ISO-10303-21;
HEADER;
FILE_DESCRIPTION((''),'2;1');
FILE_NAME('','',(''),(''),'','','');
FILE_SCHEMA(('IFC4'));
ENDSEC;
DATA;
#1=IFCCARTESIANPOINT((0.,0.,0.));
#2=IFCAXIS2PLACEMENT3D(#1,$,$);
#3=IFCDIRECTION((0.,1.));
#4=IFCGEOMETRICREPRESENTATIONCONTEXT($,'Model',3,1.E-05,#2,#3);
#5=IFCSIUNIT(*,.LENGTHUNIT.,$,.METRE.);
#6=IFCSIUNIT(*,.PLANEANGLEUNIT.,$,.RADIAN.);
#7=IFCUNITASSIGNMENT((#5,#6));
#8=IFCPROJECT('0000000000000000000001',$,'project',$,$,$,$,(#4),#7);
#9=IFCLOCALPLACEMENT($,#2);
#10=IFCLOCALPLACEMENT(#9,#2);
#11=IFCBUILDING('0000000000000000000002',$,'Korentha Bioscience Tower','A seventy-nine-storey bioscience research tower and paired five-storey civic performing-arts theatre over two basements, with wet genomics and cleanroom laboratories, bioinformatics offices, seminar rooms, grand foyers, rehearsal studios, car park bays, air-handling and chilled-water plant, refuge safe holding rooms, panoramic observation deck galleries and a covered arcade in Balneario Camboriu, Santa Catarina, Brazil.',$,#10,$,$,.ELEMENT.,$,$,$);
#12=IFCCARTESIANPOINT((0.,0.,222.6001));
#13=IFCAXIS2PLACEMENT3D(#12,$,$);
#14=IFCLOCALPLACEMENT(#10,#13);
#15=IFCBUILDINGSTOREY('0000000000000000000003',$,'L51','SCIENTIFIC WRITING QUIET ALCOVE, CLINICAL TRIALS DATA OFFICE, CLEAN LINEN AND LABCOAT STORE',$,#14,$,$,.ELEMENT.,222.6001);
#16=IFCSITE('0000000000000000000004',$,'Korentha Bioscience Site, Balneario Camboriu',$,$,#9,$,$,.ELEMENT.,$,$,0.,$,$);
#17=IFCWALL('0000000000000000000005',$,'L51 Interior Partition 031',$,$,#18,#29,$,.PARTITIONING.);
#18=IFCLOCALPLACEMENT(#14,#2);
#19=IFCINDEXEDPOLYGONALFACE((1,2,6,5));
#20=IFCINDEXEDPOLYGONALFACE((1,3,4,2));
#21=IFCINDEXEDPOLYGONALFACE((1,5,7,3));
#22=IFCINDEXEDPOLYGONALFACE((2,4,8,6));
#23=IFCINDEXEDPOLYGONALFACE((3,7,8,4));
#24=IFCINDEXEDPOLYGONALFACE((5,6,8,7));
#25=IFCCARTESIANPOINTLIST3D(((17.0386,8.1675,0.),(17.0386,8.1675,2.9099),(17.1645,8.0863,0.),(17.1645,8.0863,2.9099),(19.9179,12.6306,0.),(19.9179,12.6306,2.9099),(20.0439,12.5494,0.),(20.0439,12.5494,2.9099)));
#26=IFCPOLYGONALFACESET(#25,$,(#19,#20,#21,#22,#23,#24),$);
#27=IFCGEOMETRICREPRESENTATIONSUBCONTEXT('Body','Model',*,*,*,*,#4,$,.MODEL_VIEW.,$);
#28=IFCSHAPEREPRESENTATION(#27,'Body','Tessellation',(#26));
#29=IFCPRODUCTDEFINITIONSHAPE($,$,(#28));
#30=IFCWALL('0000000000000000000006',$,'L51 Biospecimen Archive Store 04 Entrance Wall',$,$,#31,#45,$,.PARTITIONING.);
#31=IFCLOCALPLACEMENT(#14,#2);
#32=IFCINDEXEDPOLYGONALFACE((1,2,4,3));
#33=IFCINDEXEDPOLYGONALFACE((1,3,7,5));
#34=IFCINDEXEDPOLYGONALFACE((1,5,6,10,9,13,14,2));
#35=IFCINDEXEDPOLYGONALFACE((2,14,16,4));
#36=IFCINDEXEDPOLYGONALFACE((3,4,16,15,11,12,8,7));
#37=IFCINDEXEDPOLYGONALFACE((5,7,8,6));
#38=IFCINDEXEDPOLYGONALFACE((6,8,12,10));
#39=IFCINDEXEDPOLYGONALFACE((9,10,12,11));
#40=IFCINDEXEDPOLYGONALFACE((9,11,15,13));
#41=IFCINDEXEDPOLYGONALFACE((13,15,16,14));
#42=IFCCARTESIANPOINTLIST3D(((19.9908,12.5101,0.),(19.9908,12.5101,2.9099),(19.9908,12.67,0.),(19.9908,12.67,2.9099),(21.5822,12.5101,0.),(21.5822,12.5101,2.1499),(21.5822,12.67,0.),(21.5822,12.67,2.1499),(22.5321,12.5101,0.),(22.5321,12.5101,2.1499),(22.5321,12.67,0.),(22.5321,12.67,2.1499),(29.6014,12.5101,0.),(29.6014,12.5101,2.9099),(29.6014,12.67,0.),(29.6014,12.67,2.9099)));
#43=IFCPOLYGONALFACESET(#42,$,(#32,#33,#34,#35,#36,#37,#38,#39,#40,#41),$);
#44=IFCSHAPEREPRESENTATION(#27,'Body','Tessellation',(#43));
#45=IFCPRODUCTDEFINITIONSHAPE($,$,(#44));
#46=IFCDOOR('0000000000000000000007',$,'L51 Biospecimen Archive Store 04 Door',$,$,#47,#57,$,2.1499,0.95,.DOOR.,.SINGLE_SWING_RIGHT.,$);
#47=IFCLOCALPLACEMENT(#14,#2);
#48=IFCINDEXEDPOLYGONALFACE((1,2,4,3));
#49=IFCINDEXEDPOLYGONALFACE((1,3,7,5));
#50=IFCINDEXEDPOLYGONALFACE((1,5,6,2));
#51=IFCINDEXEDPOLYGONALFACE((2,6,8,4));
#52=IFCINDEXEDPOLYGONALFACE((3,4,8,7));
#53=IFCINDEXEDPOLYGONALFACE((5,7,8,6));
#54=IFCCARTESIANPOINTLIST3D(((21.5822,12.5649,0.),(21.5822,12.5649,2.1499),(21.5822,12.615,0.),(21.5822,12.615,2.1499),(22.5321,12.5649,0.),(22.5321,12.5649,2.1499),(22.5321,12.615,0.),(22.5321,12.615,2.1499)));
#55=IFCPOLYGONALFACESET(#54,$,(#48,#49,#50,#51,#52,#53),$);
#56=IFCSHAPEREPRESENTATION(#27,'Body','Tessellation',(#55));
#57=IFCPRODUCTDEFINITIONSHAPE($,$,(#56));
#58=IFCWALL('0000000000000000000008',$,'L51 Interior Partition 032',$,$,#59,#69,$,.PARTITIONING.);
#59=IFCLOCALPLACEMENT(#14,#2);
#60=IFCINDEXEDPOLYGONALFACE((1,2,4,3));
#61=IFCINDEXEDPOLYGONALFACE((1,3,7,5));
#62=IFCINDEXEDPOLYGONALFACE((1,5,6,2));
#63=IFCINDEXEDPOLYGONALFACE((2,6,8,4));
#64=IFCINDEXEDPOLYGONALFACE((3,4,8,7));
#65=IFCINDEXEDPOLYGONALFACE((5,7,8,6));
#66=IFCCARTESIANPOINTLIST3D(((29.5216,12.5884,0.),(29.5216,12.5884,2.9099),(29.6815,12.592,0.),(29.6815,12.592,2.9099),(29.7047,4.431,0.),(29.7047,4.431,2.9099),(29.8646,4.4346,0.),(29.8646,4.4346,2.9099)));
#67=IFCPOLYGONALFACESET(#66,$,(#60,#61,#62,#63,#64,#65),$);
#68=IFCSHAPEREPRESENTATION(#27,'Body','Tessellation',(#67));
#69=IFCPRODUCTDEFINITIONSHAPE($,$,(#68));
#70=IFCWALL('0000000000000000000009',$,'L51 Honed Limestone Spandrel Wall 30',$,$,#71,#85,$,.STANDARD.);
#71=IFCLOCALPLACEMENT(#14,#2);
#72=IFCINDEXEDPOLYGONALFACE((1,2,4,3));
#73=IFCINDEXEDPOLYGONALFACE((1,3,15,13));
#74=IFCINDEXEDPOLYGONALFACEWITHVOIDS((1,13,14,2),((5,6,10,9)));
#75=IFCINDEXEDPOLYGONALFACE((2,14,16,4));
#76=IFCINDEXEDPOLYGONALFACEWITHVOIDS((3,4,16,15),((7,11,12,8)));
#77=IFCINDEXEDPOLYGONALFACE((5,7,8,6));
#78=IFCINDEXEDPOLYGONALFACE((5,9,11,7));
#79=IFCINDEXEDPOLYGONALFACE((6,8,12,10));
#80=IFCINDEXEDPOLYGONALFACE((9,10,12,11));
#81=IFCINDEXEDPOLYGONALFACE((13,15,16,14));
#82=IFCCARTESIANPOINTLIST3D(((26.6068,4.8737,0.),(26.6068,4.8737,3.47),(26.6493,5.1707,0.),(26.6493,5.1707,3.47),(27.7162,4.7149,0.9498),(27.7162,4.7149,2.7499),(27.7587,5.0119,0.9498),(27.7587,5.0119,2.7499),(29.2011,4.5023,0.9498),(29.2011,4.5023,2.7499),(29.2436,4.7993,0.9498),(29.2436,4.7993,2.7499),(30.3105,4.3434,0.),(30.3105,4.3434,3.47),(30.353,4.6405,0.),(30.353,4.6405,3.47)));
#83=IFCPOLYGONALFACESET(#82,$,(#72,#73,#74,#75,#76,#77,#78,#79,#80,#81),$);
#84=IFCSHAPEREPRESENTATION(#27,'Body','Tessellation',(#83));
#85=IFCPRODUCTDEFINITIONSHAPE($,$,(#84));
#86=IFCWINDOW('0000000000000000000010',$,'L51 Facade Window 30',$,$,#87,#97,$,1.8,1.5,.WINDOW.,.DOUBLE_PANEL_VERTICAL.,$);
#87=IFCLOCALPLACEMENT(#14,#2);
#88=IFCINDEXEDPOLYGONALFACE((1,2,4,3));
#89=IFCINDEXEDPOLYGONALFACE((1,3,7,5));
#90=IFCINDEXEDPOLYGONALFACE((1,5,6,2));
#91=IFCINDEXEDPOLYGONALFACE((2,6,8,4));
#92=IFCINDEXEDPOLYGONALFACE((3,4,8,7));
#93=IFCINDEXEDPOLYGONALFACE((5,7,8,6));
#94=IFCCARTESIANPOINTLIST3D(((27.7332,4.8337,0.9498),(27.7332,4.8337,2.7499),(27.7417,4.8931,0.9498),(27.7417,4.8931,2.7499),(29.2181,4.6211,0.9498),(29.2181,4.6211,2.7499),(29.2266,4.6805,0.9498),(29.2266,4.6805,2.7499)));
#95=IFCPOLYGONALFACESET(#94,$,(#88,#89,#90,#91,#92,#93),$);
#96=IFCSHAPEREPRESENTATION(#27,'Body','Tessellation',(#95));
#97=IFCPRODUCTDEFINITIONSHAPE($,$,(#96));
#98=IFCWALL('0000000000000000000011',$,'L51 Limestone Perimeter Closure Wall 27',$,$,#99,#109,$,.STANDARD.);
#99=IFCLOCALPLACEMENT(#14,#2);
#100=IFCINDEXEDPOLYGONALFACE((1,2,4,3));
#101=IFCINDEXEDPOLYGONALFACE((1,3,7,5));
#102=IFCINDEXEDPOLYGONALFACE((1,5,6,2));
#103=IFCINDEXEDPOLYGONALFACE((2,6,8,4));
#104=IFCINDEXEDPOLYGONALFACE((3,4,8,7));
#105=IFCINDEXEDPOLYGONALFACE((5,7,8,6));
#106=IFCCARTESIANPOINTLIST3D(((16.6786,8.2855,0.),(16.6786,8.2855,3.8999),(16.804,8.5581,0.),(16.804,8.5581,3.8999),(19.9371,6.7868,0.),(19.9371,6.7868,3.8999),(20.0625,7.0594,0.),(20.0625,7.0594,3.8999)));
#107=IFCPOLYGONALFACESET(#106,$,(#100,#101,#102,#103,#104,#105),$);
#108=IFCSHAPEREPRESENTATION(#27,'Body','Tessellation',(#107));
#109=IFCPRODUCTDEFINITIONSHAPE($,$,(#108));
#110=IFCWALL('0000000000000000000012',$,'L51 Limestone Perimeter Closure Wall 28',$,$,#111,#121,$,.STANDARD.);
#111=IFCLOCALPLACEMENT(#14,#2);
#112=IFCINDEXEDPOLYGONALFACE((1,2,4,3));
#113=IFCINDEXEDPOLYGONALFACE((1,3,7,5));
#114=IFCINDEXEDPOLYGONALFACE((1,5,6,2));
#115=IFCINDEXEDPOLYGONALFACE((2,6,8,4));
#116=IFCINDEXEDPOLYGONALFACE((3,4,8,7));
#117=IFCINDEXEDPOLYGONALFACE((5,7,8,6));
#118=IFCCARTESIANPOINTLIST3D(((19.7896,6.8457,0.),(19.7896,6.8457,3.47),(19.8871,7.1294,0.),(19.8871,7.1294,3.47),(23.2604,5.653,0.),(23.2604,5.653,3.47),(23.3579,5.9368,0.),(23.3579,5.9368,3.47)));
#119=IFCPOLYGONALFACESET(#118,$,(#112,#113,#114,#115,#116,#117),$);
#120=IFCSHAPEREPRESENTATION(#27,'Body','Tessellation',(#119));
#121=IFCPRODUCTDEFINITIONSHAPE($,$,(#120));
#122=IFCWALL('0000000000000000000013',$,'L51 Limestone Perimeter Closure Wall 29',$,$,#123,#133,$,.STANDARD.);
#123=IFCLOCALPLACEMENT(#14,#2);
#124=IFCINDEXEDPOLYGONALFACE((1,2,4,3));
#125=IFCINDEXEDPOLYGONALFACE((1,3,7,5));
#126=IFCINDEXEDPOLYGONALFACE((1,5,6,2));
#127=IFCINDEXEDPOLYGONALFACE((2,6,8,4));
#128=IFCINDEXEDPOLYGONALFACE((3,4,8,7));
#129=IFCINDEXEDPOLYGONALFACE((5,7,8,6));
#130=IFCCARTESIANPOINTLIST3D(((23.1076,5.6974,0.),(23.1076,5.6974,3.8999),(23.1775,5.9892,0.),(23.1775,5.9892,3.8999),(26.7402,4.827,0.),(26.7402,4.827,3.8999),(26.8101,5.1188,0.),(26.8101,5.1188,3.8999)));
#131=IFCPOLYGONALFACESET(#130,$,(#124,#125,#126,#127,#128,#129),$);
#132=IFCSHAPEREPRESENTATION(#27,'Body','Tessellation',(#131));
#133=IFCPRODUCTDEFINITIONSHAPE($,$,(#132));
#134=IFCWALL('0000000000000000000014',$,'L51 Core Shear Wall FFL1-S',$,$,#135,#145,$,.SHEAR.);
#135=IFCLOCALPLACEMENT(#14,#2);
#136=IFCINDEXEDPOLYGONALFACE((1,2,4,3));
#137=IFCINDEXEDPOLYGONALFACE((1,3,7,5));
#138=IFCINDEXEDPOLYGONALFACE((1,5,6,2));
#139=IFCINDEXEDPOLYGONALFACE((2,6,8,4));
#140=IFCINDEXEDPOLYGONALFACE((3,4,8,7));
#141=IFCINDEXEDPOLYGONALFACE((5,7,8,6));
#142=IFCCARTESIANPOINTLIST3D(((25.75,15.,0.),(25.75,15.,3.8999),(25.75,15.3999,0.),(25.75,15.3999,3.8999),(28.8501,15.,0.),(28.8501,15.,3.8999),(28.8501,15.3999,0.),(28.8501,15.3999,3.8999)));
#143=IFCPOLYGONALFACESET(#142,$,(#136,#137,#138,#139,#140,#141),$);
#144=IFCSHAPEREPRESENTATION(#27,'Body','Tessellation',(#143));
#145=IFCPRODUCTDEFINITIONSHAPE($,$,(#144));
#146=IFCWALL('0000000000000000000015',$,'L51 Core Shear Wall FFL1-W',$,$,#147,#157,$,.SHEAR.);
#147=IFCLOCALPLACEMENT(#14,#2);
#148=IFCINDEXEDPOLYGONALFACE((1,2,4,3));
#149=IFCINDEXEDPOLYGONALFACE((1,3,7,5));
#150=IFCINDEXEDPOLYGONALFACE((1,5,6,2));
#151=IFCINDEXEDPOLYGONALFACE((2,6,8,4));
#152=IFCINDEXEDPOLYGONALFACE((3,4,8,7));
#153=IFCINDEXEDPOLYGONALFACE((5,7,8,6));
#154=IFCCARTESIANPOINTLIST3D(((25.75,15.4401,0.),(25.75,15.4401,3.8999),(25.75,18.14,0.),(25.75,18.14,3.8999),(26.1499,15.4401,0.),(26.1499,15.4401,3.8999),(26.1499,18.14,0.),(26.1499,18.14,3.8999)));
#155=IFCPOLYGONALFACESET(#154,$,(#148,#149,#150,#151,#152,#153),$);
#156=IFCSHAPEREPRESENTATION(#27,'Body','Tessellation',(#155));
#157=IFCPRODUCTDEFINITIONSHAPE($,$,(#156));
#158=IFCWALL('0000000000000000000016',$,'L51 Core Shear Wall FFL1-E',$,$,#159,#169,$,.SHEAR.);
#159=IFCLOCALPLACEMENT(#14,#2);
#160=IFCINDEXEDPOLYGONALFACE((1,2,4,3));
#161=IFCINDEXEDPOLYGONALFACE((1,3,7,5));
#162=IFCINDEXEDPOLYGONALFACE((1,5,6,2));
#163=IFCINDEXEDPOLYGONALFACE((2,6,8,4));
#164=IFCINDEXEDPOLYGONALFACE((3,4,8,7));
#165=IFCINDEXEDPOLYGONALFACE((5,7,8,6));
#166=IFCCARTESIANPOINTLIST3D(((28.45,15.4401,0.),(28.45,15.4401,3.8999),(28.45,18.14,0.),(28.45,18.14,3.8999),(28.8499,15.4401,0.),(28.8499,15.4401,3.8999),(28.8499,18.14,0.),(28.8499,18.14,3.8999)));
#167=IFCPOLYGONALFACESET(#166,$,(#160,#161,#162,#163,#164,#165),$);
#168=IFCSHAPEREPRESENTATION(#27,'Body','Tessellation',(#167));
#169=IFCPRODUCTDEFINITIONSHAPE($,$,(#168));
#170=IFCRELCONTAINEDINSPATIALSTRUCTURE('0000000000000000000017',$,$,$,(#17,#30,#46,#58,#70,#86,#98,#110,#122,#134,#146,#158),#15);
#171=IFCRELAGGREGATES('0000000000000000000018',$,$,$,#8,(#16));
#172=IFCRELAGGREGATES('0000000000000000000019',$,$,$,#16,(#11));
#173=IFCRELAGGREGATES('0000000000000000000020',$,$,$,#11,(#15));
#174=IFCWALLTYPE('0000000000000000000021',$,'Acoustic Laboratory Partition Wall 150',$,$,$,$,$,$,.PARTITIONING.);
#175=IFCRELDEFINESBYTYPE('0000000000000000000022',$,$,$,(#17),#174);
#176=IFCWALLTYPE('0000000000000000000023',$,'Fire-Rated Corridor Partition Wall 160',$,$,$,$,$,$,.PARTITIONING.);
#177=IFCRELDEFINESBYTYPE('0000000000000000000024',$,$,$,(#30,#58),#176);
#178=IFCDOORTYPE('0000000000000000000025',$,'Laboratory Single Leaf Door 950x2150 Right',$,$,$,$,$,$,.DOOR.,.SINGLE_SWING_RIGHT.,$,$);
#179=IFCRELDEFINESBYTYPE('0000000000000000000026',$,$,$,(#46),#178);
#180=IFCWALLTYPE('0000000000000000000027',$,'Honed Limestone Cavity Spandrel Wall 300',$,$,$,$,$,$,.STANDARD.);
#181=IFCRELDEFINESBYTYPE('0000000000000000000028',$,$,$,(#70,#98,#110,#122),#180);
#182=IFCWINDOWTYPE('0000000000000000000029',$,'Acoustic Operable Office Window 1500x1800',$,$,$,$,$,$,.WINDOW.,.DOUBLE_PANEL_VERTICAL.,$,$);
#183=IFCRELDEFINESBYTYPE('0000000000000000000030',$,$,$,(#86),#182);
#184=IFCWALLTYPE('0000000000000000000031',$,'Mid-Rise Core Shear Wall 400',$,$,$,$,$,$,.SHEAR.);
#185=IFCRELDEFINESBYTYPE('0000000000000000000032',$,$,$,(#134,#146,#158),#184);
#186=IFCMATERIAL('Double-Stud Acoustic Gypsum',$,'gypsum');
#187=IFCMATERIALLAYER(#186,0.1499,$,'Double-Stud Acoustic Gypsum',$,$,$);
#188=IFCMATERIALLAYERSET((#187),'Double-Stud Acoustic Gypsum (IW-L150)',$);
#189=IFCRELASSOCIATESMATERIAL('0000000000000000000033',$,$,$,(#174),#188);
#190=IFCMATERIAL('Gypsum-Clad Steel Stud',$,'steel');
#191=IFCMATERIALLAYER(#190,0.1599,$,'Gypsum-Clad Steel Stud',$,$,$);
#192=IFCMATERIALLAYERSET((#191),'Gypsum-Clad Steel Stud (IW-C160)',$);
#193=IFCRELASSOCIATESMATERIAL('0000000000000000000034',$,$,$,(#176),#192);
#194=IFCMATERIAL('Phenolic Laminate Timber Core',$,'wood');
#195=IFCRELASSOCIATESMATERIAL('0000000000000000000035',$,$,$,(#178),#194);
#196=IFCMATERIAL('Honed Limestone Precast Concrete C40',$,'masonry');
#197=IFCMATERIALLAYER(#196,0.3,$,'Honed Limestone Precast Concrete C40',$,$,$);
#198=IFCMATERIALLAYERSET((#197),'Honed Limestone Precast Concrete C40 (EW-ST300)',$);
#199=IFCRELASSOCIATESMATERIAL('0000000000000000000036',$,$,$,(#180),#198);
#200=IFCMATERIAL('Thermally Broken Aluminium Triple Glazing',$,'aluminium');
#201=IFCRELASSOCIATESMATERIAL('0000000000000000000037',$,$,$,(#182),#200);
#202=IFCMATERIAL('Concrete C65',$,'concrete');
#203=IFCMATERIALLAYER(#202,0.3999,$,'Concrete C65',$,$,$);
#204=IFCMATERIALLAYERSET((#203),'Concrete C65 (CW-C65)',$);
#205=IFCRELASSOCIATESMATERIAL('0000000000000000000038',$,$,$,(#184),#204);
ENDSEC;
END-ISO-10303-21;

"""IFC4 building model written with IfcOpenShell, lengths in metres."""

from ifc_helpers import new_model, si_unit, direction, frame, frame_2d, origin, place, context, subcontext, project, spatial, rectangle, extrude, material, layer, layer_set, type_object, element, fill, save


model = new_model("IFC4")

# Units and contexts
model_context = context("Model", 3, precision=1e-05, world=origin(), true_north=direction((0.0, 1.0)))
body_context = subcontext(model_context, "Body", "Model", "MODEL_VIEW")
ifc_project = project(units=[si_unit("LENGTHUNIT", "METRE"), si_unit("PLANEANGLEUNIT", "RADIAN")], contexts=[model_context])

# Site, building, storey
site_placement = place(None, origin())
site = spatial("IfcSite", under=ifc_project, at=site_placement, Name="Korentha Bioscience Site, Balneario Camboriu", CompositionType="ELEMENT", RefElevation=0.0)
building_placement = place(site_placement, origin())
building = spatial("IfcBuilding", under=site, at=building_placement, Name="Korentha Bioscience Tower", Description="A seventy-nine-storey bioscience research tower and paired five-storey civic performing-arts theatre over two basements, with wet genomics and cleanroom laboratories, bioinformatics offices, seminar rooms, grand foyers, rehearsal studios, car park bays, air-handling and chilled-water plant, refuge safe holding rooms, panoramic observation deck galleries and a covered arcade in Balneario Camboriu, Santa Catarina, Brazil.", CompositionType="ELEMENT")
storey_placement = place(building_placement, frame((0.0, 0.0, 222.6001)))
storey = spatial("IfcBuildingStorey", under=building, at=storey_placement, Name="L51", Description="SCIENTIFIC WRITING QUIET ALCOVE, CLINICAL TRIALS DATA OFFICE, CLEAN LINEN AND LABCOAT STORE", CompositionType="ELEMENT", Elevation=222.6001)

# Shared definitions
ifc_material_1 = material(Name="Concrete C65", Category="concrete")

# Shared definitions
ifc_material_2 = material(Name="Double-Stud Acoustic Gypsum", Category="gypsum")
ifc_layer_1 = layer(ifc_material_2, 0.1499, Name="Double-Stud Acoustic Gypsum")
ifc_layer_set_1 = layer_set([ifc_layer_1], Name="Double-Stud Acoustic Gypsum (IW-L150)")
wall_type_1 = type_object("IfcWallType", Name="Acoustic Laboratory Partition Wall 150", PredefinedType="PARTITIONING", material=ifc_layer_set_1)
ifc_material_3 = material(Name="Phenolic Laminate Timber Core", Category="wood")

# Wall
wall_1_placement = place(storey_placement, frame((19.981, 12.5901, 0.0), z_axis=(0.0, 0.0, 1.0), x_axis=(-0.542121, -0.840301, 0.0)))
element("IfcWall", 1, at=wall_1_placement, inside=storey, type_object=wall_type_1, Name="L51 Interior Partition 031", PredefinedType="PARTITIONING", context=body_context, shape_type="SweptSolid", body=[
    extrude(rectangle(XDim=5.3113, YDim=0.1499, at=frame_2d((2.6558, 0.0))), origin(), (0.0, 0.0, 1.0), 2.9099),
])

# Wall, opening, door
ifc_material_4 = material(Name="Gypsum-Clad Steel Stud", Category="steel")
ifc_layer_2 = layer(ifc_material_4, 0.1599, Name="Gypsum-Clad Steel Stud")
ifc_layer_set_2 = layer_set([ifc_layer_2], Name="Gypsum-Clad Steel Stud (IW-C160)")
wall_type_2 = type_object("IfcWallType", Name="Fire-Rated Corridor Partition Wall 160", PredefinedType="PARTITIONING", material=ifc_layer_set_2)
wall_2_placement = place(storey_placement, frame((19.991, 12.5901, 0.0), z_axis=(0.0, 0.0, 1.0), x_axis=(1.0, 0.0, 0.0)))
wall_2 = element("IfcWall", 2, at=wall_2_placement, inside=storey, type_object=wall_type_2, Name="L51 Biospecimen Archive Store 04 Entrance Wall", PredefinedType="PARTITIONING", context=body_context, shape_type="SweptSolid", body=[
    extrude(rectangle(XDim=9.6106, YDim=0.1599, at=frame_2d((4.8052, 0.0))), origin(), (0.0, 0.0, 1.0), 2.9099),
])
opening_1_placement = place(wall_2_placement, frame((1.5911, 0.0, 0.0)))
opening_1 = element("IfcOpeningElement", 3, at=opening_1_placement, cuts=wall_2, PredefinedType="OPENING", context=body_context, shape_type="SweptSolid", body=[
    extrude(rectangle(XDim=0.95, YDim=2.1499, at=frame_2d((0.4751, 1.075))), frame((0.0, 0.0947, 0.0), z_axis=(0.0, -1.0, 0.0), x_axis=(1.0, 0.0, 0.0)), (0.0, 0.0, 1.0), 0.1897),
])
door_type_1 = type_object("IfcDoorType", Name="Laboratory Single Leaf Door 950x2150 Right", OperationType="SINGLE_SWING_RIGHT", PredefinedType="DOOR", material=ifc_material_3)
door_1_placement = place(opening_1_placement, origin())
door_1 = element("IfcDoor", 4, at=door_1_placement, inside=storey, type_object=door_type_1, Name="L51 Biospecimen Archive Store 04 Door", OperationType="SINGLE_SWING_RIGHT", OverallHeight=2.1499, OverallWidth=0.95, PredefinedType="DOOR", context=body_context, shape_type="SweptSolid", body=[
    extrude(rectangle(XDim=0.95, YDim=2.1499, at=frame_2d((0.4751, 1.075))), frame((0.0, 0.0249, 0.0), z_axis=(0.0, -1.0, 0.0), x_axis=(1.0, 0.0, 0.0)), (0.0, 0.0, 1.0), 0.05),
])
fill(opening_1, door_1)

# Wall
wall_3_placement = place(storey_placement, frame((29.6016, 12.5901, 0.0), z_axis=(0.0, 0.0, 1.0), x_axis=(0.022441, -0.999748, 0.0)))
element("IfcWall", 5, at=wall_3_placement, inside=storey, type_object=wall_type_2, Name="L51 Interior Partition 032", PredefinedType="PARTITIONING", context=body_context, shape_type="SweptSolid", body=[
    extrude(rectangle(XDim=8.1594, YDim=0.1599, at=frame_2d((4.0796, 0.0))), origin(), (0.0, 0.0, 1.0), 2.9099),
])

# Wall, opening, window
ifc_material_5 = material(Name="Honed Limestone Precast Concrete C40", Category="masonry")
ifc_layer_3 = layer(ifc_material_5, 0.3, Name="Honed Limestone Precast Concrete C40")
ifc_layer_set_3 = layer_set([ifc_layer_3], Name="Honed Limestone Precast Concrete C40 (EW-ST300)")
wall_type_3 = type_object("IfcWallType", Name="Honed Limestone Cavity Spandrel Wall 300", PredefinedType="STANDARD", material=ifc_layer_set_3)
wall_4_placement = place(storey_placement, frame((26.6282, 5.0222, 0.0), z_axis=(0.0, 0.0, 1.0), x_axis=(0.989905, -0.141732, 0.0)))
wall_4 = element("IfcWall", 6, at=wall_4_placement, inside=storey, type_object=wall_type_3, Name="L51 Honed Limestone Spandrel Wall 30", PredefinedType="STANDARD", context=body_context, shape_type="SweptSolid", body=[
    extrude(rectangle(XDim=3.7415, YDim=0.3, at=frame_2d((1.8706, 0.0))), origin(), (0.0, 0.0, 1.0), 3.47),
])
opening_2_placement = place(wall_4_placement, frame((1.1206, 0.0, 0.95)))
opening_2 = element("IfcOpeningElement", 7, at=opening_2_placement, cuts=wall_4, PredefinedType="OPENING", context=body_context, shape_type="SweptSolid", body=[
    extrude(rectangle(XDim=1.5, YDim=1.8, at=frame_2d((0.75, 0.8999))), frame((0.0, 0.165, 0.0), z_axis=(0.0, -1.0, 0.0), x_axis=(1.0, 0.0, 0.0)), (0.0, 0.0, 1.0), 0.3298),
])
ifc_material_6 = material(Name="Thermally Broken Aluminium Triple Glazing", Category="aluminium")
window_type = type_object("IfcWindowType", Name="Acoustic Operable Office Window 1500x1800", PartitioningType="DOUBLE_PANEL_VERTICAL", PredefinedType="WINDOW", material=ifc_material_6)
window_placement = place(opening_2_placement, origin())
window = element("IfcWindow", 8, at=window_placement, inside=storey, type_object=window_type, Name="L51 Facade Window 30", OverallHeight=1.8, OverallWidth=1.5, PartitioningType="DOUBLE_PANEL_VERTICAL", PredefinedType="WINDOW", context=body_context, shape_type="SweptSolid", body=[
    extrude(rectangle(XDim=1.5, YDim=1.8, at=frame_2d((0.75, 0.8999))), frame((0.0, 0.03, 0.0), z_axis=(0.0, -1.0, 0.0), x_axis=(1.0, 0.0, 0.0)), (0.0, 0.0, 1.0), 0.0601),
])
fill(opening_2, window)

# Walls
wall_5_placement = place(storey_placement, frame((16.7412, 8.4219, 0.0), z_axis=(0.0, 0.0, 1.0), x_axis=(0.908506, -0.417871, 0.0)))
element("IfcWall", 9, at=wall_5_placement, inside=storey, type_object=wall_type_3, Name="L51 Limestone Perimeter Closure Wall 27", PredefinedType="STANDARD", context=body_context, shape_type="SweptSolid", body=[
    extrude(rectangle(XDim=3.5867, YDim=0.3, at=frame_2d((1.7935, 0.0))), origin(), (0.0, 0.0, 1.0), 3.8999),
])
wall_6_placement = place(storey_placement, frame((19.8384, 6.9875, 0.0), z_axis=(0.0, 0.0, 1.0), x_axis=(0.945722, -0.324976, 0.0)))
element("IfcWall", 10, at=wall_6_placement, inside=storey, type_object=wall_type_3, Name="L51 Limestone Perimeter Closure Wall 28", PredefinedType="STANDARD", context=body_context, shape_type="SweptSolid", body=[
    extrude(rectangle(XDim=3.6699, YDim=0.3, at=frame_2d((1.835, 0.0))), origin(), (0.0, 0.0, 1.0), 3.47),
])
wall_7_placement = place(storey_placement, frame((23.1426, 5.8433, 0.0), z_axis=(0.0, 0.0, 1.0), x_axis=(0.972476, -0.233005, 0.0)))
element("IfcWall", 11, at=wall_7_placement, inside=storey, type_object=wall_type_3, Name="L51 Limestone Perimeter Closure Wall 29", PredefinedType="STANDARD", context=body_context, shape_type="SweptSolid", body=[
    extrude(rectangle(XDim=3.7354, YDim=0.3, at=frame_2d((1.8677, 0.0))), origin(), (0.0, 0.0, 1.0), 3.8999),
])
ifc_layer_4 = layer(ifc_material_1, 0.3999, Name="Concrete C65")
ifc_layer_set_4 = layer_set([ifc_layer_4], Name="Concrete C65 (CW-C65)")
wall_type_4 = type_object("IfcWallType", Name="Mid-Rise Core Shear Wall 400", PredefinedType="SHEAR", material=ifc_layer_set_4)
wall_8_placement = place(storey_placement, frame((25.75, 15.2, 0.0), z_axis=(0.0, 0.0, 1.0), x_axis=(1.0, 0.0, 0.0)))
element("IfcWall", 12, at=wall_8_placement, inside=storey, type_object=wall_type_4, Name="L51 Core Shear Wall FFL1-S", PredefinedType="SHEAR", context=body_context, shape_type="SweptSolid", body=[
    extrude(rectangle(XDim=3.1001, YDim=0.3999, at=frame_2d((1.55, 0.0))), origin(), (0.0, 0.0, 1.0), 3.8999),
])
for number, where, z_axis, x_axis, name in (
    (13, (25.95, 15.4399, 0.0), (0.0, 0.0, 1.0), (0.0, 1.0, 0.0), "L51 Core Shear Wall FFL1-W"),
    (14, (28.6499, 15.4399, 0.0), (0.0, 0.0, 1.0), (0.0, 1.0, 0.0), "L51 Core Shear Wall FFL1-E"),
):
    element("IfcWall", number, at=place(storey_placement, frame(where, z_axis=z_axis, x_axis=x_axis)), inside=storey, type_object=wall_type_4, Name=name, PredefinedType="SHEAR", context=body_context, shape_type="SweptSolid", body=[
        extrude(rectangle(XDim=2.7, YDim=0.3999, at=frame_2d((1.3501, 0.0))), origin(), (0.0, 0.0, 1.0), 3.8999),
    ])

save(model, "model.ifc")
